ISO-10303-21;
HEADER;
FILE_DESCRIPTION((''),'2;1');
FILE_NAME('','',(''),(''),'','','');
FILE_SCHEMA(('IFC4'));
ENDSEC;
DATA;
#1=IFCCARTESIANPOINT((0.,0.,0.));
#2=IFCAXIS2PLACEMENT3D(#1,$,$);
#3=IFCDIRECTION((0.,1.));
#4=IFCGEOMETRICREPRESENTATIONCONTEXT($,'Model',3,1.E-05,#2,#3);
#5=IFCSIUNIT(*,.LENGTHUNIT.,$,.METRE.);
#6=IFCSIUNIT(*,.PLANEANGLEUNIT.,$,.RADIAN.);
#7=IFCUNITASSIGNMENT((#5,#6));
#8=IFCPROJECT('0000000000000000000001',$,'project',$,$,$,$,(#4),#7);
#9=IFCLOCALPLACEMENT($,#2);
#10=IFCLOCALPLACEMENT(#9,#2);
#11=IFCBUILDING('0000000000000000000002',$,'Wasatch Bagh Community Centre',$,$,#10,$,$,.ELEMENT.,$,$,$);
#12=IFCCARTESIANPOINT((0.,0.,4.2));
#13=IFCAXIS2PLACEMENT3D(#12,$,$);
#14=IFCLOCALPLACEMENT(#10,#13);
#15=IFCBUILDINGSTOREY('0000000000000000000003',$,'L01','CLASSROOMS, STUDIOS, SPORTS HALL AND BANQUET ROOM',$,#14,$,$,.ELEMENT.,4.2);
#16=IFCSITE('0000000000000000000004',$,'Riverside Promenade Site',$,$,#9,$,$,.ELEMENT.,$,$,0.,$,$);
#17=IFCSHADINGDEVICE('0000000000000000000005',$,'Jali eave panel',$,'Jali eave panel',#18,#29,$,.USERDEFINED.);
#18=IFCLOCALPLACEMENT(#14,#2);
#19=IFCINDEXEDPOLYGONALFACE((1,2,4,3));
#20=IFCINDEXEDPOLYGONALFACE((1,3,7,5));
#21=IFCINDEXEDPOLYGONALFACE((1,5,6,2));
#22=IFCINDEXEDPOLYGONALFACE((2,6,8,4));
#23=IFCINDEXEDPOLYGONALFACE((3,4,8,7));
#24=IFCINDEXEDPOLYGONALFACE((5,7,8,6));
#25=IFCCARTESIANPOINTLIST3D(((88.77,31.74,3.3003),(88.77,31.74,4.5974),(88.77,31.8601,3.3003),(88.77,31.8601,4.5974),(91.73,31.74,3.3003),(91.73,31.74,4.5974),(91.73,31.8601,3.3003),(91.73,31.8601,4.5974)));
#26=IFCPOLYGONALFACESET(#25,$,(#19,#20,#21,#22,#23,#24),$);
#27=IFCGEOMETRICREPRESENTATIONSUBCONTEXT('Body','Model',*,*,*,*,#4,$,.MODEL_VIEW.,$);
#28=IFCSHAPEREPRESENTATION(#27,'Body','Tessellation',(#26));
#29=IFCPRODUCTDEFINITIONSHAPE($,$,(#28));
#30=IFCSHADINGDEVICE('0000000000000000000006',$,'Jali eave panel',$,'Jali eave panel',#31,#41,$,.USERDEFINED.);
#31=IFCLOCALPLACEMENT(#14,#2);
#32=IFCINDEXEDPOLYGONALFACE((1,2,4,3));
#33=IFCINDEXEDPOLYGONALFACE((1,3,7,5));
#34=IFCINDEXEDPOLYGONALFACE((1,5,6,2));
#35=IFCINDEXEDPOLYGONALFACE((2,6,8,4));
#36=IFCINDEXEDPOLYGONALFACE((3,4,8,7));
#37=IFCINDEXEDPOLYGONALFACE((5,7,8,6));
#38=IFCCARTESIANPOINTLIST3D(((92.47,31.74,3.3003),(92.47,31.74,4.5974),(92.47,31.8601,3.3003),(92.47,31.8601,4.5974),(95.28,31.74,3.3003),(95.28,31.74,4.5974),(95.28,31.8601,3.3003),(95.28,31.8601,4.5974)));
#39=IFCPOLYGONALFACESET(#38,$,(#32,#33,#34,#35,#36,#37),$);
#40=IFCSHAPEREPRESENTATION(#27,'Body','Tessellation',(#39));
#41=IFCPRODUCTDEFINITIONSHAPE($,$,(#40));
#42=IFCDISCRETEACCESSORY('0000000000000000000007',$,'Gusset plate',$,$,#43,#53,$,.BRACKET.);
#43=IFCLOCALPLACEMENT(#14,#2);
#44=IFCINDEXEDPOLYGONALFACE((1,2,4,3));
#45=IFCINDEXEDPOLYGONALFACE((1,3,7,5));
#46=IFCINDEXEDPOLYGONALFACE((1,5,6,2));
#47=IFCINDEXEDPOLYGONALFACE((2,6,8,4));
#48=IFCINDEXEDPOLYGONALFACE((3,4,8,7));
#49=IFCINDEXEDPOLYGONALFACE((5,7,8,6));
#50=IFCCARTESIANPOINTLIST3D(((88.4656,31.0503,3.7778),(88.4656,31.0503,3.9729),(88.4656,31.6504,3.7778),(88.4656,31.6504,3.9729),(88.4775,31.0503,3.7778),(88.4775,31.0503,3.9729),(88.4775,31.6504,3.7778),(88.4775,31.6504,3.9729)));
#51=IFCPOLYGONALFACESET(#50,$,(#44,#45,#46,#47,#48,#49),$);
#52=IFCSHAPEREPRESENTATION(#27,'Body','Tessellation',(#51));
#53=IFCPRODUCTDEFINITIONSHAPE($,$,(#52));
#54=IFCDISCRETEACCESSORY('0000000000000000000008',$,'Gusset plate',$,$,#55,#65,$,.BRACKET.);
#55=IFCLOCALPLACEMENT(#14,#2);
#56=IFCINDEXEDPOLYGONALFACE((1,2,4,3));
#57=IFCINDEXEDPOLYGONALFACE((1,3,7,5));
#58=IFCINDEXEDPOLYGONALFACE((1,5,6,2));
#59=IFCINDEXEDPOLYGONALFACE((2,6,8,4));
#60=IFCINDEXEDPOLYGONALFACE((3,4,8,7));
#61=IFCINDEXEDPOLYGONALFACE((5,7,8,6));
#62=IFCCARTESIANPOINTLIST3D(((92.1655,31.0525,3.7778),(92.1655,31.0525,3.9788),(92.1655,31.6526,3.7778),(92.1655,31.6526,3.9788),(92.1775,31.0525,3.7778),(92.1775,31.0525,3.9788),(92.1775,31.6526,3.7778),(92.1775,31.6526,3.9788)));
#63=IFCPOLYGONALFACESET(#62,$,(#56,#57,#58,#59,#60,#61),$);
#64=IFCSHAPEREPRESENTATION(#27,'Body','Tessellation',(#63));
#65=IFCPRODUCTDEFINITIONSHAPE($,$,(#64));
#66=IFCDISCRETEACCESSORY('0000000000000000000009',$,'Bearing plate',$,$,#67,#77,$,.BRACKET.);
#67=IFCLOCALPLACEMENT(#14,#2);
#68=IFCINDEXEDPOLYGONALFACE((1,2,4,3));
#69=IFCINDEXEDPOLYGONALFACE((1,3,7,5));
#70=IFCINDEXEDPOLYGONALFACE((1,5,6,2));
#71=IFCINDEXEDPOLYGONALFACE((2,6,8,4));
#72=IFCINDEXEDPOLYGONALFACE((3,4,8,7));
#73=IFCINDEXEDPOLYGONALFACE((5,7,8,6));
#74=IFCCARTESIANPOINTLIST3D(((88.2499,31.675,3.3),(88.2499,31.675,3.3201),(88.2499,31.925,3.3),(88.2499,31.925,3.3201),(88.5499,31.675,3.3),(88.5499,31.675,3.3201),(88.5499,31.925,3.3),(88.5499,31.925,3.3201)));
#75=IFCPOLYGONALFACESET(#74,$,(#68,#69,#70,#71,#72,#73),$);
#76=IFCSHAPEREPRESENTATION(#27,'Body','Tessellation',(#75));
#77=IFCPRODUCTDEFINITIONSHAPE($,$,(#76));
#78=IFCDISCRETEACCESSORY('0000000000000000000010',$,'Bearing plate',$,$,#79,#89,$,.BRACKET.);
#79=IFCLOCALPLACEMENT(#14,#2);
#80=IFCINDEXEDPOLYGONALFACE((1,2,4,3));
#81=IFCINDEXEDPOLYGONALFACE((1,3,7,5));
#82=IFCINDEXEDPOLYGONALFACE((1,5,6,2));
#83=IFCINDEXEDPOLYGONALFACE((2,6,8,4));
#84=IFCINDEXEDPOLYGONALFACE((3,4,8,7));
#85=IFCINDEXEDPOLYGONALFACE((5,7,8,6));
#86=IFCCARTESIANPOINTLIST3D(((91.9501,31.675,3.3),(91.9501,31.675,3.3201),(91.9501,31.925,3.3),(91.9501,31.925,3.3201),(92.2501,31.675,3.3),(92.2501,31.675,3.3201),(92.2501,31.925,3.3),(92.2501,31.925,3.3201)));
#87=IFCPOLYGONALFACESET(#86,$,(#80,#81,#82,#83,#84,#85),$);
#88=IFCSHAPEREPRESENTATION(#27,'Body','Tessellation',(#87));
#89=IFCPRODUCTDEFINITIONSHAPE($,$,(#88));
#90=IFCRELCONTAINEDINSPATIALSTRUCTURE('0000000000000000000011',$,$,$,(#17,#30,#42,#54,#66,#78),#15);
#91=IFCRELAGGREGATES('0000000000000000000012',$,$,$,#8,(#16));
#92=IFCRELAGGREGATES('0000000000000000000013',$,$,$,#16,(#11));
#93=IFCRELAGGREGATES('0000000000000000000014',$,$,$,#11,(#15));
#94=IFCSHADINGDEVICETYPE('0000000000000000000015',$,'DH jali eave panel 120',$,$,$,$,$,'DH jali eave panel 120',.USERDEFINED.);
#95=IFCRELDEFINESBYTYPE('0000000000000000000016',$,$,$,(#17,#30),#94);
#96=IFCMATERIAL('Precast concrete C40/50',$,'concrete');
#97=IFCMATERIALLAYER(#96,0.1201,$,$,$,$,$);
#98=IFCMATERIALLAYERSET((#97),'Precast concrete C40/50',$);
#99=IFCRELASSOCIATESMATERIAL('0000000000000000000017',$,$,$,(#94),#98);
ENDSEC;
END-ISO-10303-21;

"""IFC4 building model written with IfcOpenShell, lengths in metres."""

from ifc_helpers import new_model, si_unit, direction, frame, origin, origin_2d, place, context, subcontext, project, spatial, polyline, rectangle, outline, extrude, material, layer, layer_set, type_object, element, save


model = new_model("IFC4")

# Units and contexts
model_context = context("Model", 3, precision=1e-05, world=origin(), true_north=direction((0.0, 1.0)))
body_context = subcontext(model_context, "Body", "Model", "MODEL_VIEW")
ifc_project = project(units=[si_unit("LENGTHUNIT", "METRE"), si_unit("PLANEANGLEUNIT", "RADIAN")], contexts=[model_context])

# Site, building, storey
site_placement = place(None, origin())
site = spatial("IfcSite", under=ifc_project, at=site_placement, Name="Riverside Promenade Site", CompositionType="ELEMENT", RefElevation=0.0)
building_placement = place(site_placement, origin())
building = spatial("IfcBuilding", under=site, at=building_placement, Name="Wasatch Bagh Community Centre", CompositionType="ELEMENT")
storey_placement = place(building_placement, frame((0.0, 0.0, 4.2)))
storey = spatial("IfcBuildingStorey", under=building, at=storey_placement, Name="L01", Description="CLASSROOMS, STUDIOS, SPORTS HALL AND BANQUET ROOM", CompositionType="ELEMENT", Elevation=4.2)

# Shading devices
ifc_material_1 = material(Name="Precast concrete C40/50", Category="concrete")
ifc_layer_1 = layer(ifc_material_1, 0.1201)
ifc_layer_set_1 = layer_set([ifc_layer_1], Name="Precast concrete C40/50")
shading_device_type = type_object("IfcShadingDeviceType", Name="DH jali eave panel 120", ElementType="DH jali eave panel 120", PredefinedType="USERDEFINED", material=ifc_layer_set_1)
shading_device_1_placement = place(storey_placement, frame((90.25, 31.8, 3.3003), z_axis=(0.0, 0.0, 1.0), x_axis=(1.0, 0.0, 0.0)))
element("IfcShadingDevice", 1, at=shading_device_1_placement, inside=storey, type_object=shading_device_type, Name="Jali eave panel", ObjectType="Jali eave panel", PredefinedType="USERDEFINED", context=body_context, shape_type="SweptSolid", body=[
    extrude(rectangle(XDim=2.96, YDim=0.1201, at=origin_2d()), origin(), (0.0, 0.0, 1.0), 1.2971),
])
shading_device_2_placement = place(storey_placement, frame((93.875, 31.8, 3.3003), z_axis=(0.0, 0.0, 1.0), x_axis=(1.0, 0.0, 0.0)))
element("IfcShadingDevice", 2, at=shading_device_2_placement, inside=storey, type_object=shading_device_type, Name="Jali eave panel", ObjectType="Jali eave panel", PredefinedType="USERDEFINED", context=body_context, shape_type="SweptSolid", body=[
    extrude(rectangle(XDim=2.8101, YDim=0.1201, at=origin_2d()), origin(), (0.0, 0.0, 1.0), 1.2971),
])

# Discrete accessories
discrete_accessory_1_placement = place(storey_placement, frame((88.4775, 31.0503, 3.7778), z_axis=(1.0, 0.0, 0.0), x_axis=(0.0, 1.0, 0.0)))
element("IfcDiscreteAccessory", 3, at=discrete_accessory_1_placement, inside=storey, Name="Gusset plate", PredefinedType="BRACKET", context=body_context, shape_type="SweptSolid", body=[
    extrude(outline(polyline([(0.0, 0.0), (0.6001, 0.0), (0.6001, 0.1951), (0.0, 0.1951), (0.0, 0.0)])), origin(), (0.0, 0.0, -1.0), 0.012),
])
discrete_accessory_2_placement = place(storey_placement, frame((92.1775, 31.0525, 3.7778), z_axis=(1.0, 0.0, 0.0), x_axis=(0.0, 1.0, 0.0)))
element("IfcDiscreteAccessory", 4, at=discrete_accessory_2_placement, inside=storey, Name="Gusset plate", PredefinedType="BRACKET", context=body_context, shape_type="SweptSolid", body=[
    extrude(outline(polyline([(0.0, 0.0), (0.6001, 0.0), (0.6001, 0.2009), (0.0, 0.2009), (0.0, 0.0)])), origin(), (0.0, 0.0, -1.0), 0.012),
])
for number, where, z_axis, x_axis, name in (
    (5, (88.3999, 31.8, 3.3), (0.0, 0.0, 1.0), (1.0, 0.0, 0.0), "Bearing plate"),
    (6, (92.1001, 31.8, 3.3), (0.0, 0.0, 1.0), (1.0, 0.0, 0.0), "Bearing plate"),
):
    element("IfcDiscreteAccessory", number, at=place(storey_placement, frame(where, z_axis=z_axis, x_axis=x_axis)), inside=storey, Name=name, PredefinedType="BRACKET", context=body_context, shape_type="SweptSolid", body=[
        extrude(rectangle(XDim=0.3, YDim=0.25, at=origin_2d()), origin(), (0.0, 0.0, 1.0), 0.02),
    ])

save(model, "model.ifc")
